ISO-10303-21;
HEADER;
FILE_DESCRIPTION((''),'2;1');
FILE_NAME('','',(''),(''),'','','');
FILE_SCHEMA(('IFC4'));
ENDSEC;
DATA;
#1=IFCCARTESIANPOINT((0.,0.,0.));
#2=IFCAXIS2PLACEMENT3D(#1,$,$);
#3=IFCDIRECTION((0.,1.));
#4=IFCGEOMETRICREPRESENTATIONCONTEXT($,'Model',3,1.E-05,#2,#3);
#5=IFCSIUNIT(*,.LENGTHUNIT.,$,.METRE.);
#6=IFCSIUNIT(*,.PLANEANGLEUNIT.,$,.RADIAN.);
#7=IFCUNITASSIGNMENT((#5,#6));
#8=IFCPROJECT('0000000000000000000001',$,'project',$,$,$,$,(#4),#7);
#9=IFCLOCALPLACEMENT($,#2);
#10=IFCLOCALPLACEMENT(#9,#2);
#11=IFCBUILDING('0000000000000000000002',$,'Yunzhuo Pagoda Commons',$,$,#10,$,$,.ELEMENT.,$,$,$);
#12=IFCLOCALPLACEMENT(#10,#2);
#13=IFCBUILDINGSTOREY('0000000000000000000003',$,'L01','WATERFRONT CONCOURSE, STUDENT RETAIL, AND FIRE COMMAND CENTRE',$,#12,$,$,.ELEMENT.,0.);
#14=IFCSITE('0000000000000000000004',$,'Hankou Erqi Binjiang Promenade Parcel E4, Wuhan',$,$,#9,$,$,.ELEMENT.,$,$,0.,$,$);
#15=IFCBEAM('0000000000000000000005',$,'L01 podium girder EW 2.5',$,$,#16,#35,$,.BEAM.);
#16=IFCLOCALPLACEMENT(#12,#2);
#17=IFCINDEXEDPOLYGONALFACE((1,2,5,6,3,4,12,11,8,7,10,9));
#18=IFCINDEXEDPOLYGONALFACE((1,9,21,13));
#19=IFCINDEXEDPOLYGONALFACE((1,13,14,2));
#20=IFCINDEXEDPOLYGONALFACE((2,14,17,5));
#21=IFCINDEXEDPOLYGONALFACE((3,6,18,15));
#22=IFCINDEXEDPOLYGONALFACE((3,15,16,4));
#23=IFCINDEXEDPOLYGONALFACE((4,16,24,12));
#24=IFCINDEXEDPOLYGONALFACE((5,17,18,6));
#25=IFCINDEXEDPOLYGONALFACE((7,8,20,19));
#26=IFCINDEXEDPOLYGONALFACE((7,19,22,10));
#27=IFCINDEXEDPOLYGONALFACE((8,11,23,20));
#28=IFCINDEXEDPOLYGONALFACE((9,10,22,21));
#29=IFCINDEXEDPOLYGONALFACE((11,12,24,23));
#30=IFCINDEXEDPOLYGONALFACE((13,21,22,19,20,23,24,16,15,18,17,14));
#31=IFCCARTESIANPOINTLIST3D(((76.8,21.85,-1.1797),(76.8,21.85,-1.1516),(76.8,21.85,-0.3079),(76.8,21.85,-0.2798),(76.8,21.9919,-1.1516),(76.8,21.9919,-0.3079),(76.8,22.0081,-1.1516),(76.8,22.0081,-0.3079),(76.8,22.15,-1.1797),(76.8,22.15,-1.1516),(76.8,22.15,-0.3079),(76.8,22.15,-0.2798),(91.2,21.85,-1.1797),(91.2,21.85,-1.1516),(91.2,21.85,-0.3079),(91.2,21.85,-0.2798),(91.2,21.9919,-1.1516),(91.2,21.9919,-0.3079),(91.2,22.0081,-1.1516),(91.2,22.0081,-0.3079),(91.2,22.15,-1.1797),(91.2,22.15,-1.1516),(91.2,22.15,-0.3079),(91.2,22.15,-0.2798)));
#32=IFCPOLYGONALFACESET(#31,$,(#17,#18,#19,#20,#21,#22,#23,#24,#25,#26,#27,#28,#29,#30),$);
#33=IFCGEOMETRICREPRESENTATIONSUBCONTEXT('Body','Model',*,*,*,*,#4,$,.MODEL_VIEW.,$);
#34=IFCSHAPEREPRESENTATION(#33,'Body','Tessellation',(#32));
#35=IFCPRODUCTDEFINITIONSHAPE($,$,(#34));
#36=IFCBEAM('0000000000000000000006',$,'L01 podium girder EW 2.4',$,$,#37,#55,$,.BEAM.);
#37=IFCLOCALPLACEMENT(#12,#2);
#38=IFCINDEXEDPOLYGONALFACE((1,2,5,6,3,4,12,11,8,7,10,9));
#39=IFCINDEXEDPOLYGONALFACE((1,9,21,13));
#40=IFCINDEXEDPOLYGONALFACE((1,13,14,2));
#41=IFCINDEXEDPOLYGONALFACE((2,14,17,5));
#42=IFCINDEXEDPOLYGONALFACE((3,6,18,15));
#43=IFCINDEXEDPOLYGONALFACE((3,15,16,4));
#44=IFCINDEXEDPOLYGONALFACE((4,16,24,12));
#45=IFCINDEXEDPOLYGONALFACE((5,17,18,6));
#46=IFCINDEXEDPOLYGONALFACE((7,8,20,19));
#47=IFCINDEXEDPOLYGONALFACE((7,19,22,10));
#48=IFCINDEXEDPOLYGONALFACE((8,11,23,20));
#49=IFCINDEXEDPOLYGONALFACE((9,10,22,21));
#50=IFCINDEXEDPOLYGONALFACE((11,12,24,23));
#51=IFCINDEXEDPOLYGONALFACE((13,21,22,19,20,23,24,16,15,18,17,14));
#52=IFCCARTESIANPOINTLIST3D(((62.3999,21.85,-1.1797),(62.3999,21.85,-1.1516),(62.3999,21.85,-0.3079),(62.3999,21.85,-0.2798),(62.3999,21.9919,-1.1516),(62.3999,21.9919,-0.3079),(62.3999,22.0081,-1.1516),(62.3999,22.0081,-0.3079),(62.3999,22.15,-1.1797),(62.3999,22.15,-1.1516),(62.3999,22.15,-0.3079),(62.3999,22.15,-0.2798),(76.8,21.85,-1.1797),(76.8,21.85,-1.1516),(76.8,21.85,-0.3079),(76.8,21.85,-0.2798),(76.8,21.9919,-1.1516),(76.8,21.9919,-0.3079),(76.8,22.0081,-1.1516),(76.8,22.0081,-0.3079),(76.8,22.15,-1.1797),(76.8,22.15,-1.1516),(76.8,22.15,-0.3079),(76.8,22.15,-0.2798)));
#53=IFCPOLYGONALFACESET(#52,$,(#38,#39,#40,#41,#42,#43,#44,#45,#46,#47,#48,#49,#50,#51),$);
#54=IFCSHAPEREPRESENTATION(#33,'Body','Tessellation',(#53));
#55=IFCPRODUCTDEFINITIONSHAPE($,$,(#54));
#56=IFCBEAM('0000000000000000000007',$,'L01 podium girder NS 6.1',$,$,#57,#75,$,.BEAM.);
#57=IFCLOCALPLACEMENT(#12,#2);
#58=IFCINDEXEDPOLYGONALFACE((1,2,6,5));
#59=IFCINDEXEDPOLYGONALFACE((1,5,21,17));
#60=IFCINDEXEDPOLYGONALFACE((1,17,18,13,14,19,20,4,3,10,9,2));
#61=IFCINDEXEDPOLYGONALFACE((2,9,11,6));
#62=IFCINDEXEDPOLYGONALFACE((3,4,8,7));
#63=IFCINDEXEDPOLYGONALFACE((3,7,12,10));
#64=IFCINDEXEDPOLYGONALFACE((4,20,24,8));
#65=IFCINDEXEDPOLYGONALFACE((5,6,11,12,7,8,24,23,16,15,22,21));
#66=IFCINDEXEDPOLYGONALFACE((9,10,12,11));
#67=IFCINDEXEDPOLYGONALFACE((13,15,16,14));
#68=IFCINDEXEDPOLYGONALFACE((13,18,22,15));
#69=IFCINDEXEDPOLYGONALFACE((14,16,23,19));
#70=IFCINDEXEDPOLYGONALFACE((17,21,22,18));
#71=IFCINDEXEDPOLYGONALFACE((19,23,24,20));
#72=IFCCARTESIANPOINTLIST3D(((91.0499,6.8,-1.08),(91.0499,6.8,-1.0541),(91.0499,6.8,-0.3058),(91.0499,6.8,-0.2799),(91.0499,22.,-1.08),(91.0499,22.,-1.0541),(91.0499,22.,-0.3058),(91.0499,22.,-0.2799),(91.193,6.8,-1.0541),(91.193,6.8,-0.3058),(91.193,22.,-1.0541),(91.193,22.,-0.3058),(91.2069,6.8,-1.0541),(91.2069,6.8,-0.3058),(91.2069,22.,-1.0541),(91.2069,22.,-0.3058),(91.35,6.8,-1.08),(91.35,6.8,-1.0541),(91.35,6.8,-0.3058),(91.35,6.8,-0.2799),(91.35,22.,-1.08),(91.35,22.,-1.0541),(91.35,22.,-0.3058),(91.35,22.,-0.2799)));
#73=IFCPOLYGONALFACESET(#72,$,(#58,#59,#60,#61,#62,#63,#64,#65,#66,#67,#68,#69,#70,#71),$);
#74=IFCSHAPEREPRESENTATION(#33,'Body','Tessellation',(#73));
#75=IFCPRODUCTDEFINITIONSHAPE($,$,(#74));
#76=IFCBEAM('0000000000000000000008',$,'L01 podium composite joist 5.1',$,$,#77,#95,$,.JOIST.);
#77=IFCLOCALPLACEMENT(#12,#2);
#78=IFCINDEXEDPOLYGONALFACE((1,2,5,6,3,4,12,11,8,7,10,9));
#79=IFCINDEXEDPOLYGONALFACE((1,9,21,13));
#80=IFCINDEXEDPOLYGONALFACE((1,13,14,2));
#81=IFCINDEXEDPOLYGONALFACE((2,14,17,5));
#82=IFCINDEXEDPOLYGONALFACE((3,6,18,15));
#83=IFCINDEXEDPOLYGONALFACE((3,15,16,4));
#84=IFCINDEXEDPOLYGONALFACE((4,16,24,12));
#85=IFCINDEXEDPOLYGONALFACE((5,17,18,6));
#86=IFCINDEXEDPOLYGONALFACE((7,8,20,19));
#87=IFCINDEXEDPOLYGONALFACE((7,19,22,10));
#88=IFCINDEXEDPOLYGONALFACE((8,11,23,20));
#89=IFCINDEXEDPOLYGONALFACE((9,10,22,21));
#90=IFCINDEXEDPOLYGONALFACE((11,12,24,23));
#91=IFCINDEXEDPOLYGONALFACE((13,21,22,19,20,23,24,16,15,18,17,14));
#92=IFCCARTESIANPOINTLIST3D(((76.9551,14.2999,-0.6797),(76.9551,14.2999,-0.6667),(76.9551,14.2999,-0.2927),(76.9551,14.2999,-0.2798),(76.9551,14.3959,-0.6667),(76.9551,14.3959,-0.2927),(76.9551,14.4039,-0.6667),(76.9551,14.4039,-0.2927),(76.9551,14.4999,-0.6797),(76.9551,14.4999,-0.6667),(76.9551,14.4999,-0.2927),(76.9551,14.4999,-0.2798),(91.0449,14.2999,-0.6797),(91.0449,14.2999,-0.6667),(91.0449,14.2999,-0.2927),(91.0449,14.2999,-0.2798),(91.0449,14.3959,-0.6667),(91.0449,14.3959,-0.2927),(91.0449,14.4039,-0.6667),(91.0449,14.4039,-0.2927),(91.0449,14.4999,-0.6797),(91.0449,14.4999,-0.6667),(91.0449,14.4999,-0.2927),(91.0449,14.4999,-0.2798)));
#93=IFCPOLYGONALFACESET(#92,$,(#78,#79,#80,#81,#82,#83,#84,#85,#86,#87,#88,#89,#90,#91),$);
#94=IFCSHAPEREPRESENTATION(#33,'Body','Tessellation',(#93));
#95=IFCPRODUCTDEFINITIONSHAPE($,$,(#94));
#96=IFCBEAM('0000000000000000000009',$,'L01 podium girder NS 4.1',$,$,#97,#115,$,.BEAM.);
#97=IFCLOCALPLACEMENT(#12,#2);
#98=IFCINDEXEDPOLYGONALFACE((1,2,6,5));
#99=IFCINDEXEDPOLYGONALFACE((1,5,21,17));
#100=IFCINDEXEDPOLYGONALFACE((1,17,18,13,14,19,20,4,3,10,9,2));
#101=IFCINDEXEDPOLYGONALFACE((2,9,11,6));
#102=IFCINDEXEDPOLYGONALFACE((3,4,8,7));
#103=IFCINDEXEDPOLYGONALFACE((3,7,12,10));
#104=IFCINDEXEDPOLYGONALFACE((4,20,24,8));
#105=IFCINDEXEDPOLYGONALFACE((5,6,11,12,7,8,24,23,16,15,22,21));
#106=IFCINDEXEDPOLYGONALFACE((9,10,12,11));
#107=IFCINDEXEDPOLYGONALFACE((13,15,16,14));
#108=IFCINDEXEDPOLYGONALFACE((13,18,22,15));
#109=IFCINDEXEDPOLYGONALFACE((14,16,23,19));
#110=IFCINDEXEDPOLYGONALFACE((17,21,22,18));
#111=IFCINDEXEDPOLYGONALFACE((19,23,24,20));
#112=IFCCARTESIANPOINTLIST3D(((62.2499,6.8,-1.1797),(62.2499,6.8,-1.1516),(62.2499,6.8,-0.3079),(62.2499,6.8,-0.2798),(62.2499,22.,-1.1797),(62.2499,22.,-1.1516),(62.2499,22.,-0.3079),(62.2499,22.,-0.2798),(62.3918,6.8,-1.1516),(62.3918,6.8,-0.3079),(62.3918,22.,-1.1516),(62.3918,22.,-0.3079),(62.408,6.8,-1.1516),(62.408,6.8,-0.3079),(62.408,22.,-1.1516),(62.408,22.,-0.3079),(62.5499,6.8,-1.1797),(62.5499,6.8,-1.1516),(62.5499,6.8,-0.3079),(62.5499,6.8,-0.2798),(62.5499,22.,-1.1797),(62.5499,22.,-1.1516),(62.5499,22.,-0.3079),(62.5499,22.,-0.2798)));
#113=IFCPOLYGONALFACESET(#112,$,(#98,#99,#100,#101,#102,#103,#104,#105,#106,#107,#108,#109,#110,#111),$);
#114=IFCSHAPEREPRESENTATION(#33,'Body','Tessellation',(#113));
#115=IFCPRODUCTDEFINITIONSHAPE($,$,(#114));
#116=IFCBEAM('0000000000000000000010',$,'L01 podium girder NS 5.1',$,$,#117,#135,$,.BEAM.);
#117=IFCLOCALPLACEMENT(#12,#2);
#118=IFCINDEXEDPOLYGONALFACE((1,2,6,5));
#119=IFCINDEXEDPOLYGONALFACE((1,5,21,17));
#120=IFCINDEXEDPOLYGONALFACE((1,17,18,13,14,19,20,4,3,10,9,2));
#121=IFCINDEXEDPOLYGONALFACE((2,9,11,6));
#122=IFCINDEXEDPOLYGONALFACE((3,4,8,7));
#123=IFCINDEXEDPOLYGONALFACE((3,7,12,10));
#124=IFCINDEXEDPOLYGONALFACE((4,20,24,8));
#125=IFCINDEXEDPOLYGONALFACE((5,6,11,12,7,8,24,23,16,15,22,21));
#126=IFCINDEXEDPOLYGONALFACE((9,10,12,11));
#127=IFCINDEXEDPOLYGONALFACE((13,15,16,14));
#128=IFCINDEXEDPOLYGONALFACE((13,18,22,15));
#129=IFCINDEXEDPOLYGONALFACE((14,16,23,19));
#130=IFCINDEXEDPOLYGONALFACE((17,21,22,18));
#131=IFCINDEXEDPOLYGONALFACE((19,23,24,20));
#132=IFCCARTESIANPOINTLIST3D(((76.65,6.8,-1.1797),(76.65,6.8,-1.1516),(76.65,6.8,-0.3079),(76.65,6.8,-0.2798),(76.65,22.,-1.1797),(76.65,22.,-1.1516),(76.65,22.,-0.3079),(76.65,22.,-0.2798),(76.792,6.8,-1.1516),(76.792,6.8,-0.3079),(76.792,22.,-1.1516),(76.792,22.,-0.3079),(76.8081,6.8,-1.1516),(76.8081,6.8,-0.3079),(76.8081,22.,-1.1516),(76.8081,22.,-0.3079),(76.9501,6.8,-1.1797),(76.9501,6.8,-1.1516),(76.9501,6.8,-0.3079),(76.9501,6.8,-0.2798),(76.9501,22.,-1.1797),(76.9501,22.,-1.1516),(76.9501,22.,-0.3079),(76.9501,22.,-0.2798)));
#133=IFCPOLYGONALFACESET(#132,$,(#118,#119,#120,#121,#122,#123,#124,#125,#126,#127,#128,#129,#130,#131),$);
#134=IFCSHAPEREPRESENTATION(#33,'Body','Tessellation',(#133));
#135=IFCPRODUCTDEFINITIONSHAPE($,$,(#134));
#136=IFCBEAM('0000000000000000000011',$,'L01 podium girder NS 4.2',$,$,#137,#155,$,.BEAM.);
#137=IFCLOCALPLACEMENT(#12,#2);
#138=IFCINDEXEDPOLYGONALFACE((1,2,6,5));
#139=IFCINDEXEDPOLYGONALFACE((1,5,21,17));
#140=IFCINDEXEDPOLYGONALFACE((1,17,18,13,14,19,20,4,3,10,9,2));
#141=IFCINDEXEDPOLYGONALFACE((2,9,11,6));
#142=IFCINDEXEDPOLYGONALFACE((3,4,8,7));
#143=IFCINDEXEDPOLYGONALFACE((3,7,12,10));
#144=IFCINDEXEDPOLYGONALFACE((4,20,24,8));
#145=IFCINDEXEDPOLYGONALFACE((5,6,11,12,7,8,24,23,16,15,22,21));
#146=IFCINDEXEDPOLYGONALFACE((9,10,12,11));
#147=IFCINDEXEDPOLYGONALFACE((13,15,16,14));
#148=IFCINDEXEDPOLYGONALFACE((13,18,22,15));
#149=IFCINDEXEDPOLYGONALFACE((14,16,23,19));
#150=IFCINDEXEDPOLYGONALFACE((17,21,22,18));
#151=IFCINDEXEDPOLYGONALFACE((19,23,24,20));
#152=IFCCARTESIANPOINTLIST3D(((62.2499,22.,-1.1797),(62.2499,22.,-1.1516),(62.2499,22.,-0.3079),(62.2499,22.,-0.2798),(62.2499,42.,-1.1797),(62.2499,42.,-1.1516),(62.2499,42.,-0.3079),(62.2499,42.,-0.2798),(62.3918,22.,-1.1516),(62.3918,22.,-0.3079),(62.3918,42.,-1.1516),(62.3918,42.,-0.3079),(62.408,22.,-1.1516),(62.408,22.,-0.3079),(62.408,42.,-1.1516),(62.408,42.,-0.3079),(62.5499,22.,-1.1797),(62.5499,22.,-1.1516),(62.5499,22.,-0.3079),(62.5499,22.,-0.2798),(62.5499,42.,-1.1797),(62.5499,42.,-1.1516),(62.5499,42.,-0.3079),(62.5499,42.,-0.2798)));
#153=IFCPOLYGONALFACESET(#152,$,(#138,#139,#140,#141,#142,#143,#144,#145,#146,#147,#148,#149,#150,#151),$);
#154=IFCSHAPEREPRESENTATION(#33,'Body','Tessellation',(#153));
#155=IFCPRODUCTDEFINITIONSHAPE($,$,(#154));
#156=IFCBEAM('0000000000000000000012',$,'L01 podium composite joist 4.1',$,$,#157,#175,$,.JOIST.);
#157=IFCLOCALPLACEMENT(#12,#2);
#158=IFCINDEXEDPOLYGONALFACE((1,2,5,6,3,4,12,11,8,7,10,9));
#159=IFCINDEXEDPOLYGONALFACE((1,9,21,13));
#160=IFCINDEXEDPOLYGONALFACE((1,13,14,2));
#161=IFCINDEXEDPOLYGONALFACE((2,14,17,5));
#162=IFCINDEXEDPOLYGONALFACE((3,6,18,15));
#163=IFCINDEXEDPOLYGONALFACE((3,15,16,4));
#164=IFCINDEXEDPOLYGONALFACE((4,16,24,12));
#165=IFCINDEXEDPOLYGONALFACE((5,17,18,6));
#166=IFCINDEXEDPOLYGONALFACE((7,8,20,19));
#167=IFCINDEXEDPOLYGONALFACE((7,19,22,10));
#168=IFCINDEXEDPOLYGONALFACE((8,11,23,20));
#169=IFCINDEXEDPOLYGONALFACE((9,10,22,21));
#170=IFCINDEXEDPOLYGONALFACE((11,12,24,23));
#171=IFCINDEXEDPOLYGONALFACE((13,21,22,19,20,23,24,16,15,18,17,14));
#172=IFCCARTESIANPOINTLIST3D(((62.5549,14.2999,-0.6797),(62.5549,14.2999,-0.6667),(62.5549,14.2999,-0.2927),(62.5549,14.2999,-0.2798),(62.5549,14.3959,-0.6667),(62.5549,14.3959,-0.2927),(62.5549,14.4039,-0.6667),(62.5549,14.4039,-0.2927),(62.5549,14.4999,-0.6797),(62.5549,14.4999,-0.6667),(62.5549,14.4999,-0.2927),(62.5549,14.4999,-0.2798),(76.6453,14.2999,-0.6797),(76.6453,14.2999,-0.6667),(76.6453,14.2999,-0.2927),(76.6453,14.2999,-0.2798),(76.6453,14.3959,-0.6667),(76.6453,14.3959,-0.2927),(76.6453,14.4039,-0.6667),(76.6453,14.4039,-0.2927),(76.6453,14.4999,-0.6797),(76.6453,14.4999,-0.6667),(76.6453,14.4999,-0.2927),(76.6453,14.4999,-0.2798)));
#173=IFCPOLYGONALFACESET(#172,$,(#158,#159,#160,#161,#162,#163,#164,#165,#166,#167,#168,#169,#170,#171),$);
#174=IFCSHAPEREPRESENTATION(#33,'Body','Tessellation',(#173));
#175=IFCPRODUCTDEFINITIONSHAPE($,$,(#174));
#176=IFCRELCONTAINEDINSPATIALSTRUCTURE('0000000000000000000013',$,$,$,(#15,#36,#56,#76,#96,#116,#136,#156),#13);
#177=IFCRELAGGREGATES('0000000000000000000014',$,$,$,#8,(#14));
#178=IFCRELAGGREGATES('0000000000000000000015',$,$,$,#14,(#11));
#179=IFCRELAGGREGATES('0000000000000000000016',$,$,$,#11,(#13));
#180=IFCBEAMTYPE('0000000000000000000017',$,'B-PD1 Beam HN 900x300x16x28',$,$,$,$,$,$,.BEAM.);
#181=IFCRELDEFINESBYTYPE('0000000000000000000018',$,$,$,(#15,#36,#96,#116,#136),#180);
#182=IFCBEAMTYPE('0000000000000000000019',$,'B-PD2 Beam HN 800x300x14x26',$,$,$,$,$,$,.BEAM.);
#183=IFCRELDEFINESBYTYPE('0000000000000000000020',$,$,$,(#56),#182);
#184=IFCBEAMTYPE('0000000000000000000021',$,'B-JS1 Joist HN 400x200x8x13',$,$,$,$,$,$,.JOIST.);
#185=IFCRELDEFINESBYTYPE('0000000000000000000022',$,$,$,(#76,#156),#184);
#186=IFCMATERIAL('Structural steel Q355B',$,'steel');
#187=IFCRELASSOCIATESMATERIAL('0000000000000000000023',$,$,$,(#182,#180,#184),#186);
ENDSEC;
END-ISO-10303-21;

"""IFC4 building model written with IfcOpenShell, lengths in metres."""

from ifc_helpers import new_model, si_unit, direction, frame, origin, origin_2d, place, context, subcontext, project, spatial, i_section, extrude, source, transform, mapped, material, material_profile, profile_set, type_object, element, save


model = new_model("IFC4")

# Units and contexts
model_context = context("Model", 3, precision=1e-05, world=origin(), true_north=direction((0.0, 1.0)))
body_context = subcontext(model_context, "Body", "Model", "MODEL_VIEW")
ifc_project = project(units=[si_unit("LENGTHUNIT", "METRE"), si_unit("PLANEANGLEUNIT", "RADIAN")], contexts=[model_context])

# Site, building, storey
site_placement = place(None, origin())
site = spatial("IfcSite", under=ifc_project, at=site_placement, Name="Hankou Erqi Binjiang Promenade Parcel E4, Wuhan", CompositionType="ELEMENT", RefElevation=0.0)
building_placement = place(site_placement, origin())
building = spatial("IfcBuilding", under=site, at=building_placement, Name="Yunzhuo Pagoda Commons", CompositionType="ELEMENT")
storey_placement = place(building_placement, origin())
storey = spatial("IfcBuildingStorey", under=building, at=storey_placement, Name="L01", Description="WATERFRONT CONCOURSE, STUDENT RETAIL, AND FIRE COMMAND CENTRE", CompositionType="ELEMENT", Elevation=0.0)

# Shared definitions
ifc_material_1 = material(Name="Structural steel Q355B", Category="steel")

# Beams
ifc_material_profile_1 = material_profile(ifc_material_1, i_section(OverallWidth=0.3, OverallDepth=0.8, WebThickness=0.0139, FlangeThickness=0.0259, at=origin_2d()), Name="Structural steel Q355B")
ifc_profile_set_1 = profile_set([ifc_material_profile_1], Name="Structural steel Q355B")
beam_type_1 = type_object("IfcBeamType", Name="B-PD2 Beam HN 800x300x14x26", PredefinedType="BEAM", material=ifc_profile_set_1)
ifc_material_profile_2 = material_profile(ifc_material_1, i_section(OverallWidth=0.3, OverallDepth=0.8999, WebThickness=0.0161, FlangeThickness=0.0281, at=origin_2d()), Name="Structural steel Q355B")
ifc_profile_set_2 = profile_set([ifc_material_profile_2], Name="Structural steel Q355B")
beam_type_2 = type_object("IfcBeamType", Name="B-PD1 Beam HN 900x300x16x28", PredefinedType="BEAM", material=ifc_profile_set_2)
shared_shape_1 = source(origin(), body_context, "Body", "SweptSolid", [
    extrude(i_section(OverallWidth=0.3, OverallDepth=0.8999, WebThickness=0.0161, FlangeThickness=0.0281, at=origin_2d()), origin(), (0.0, 0.0, 1.0), 14.3999),
])
beam_1_placement = place(storey_placement, frame((76.8, 22.0, -0.7297), z_axis=(1.0, 0.0, 0.0), x_axis=(0.0, 1.0, 0.0)))
element("IfcBeam", 1, at=beam_1_placement, inside=storey, type_object=beam_type_2, Name="L01 podium girder EW 2.5", PredefinedType="BEAM", context=body_context, shape_type="MappedRepresentation", body=[
    mapped(shared_shape_1, transform((0.0, 0.0, 0.0), scale=1.0)),
])
shared_shape_2 = source(origin(), body_context, "Body", "SweptSolid", [
    extrude(i_section(OverallWidth=0.3, OverallDepth=0.8999, WebThickness=0.0161, FlangeThickness=0.0281, at=origin_2d()), origin(), (0.0, 0.0, 1.0), 14.4001),
])
beam_2_placement = place(storey_placement, frame((62.3999, 22.0, -0.7297), z_axis=(1.0, 0.0, 0.0), x_axis=(0.0, 1.0, 0.0)))
element("IfcBeam", 2, at=beam_2_placement, inside=storey, type_object=beam_type_2, Name="L01 podium girder EW 2.4", PredefinedType="BEAM", context=body_context, shape_type="MappedRepresentation", body=[
    mapped(shared_shape_2, transform((0.0, 0.0, 0.0), scale=1.0)),
])
shared_shape_3 = source(origin(), body_context, "Body", "SweptSolid", [
    extrude(i_section(OverallWidth=0.3, OverallDepth=0.8, WebThickness=0.0139, FlangeThickness=0.0259, at=origin_2d()), origin(), (0.0, 0.0, 1.0), 15.2),
])
beam_3_placement = place(storey_placement, frame((91.2, 6.8, -0.6799), z_axis=(0.0, 1.0, 0.0), x_axis=(-1.0, 0.0, 0.0)))
element("IfcBeam", 3, at=beam_3_placement, inside=storey, type_object=beam_type_1, Name="L01 podium girder NS 6.1", PredefinedType="BEAM", context=body_context, shape_type="MappedRepresentation", body=[
    mapped(shared_shape_3, transform((0.0, 0.0, 0.0), scale=1.0)),
])
ifc_material_profile_3 = material_profile(ifc_material_1, i_section(OverallWidth=0.2, OverallDepth=0.3999, WebThickness=0.0081, FlangeThickness=0.0129, at=origin_2d()), Name="Structural steel Q355B")
ifc_profile_set_3 = profile_set([ifc_material_profile_3], Name="Structural steel Q355B")
beam_type_3 = type_object("IfcBeamType", Name="B-JS1 Joist HN 400x200x8x13", PredefinedType="JOIST", material=ifc_profile_set_3)
shared_shape_4 = source(origin(), body_context, "Body", "SweptSolid", [
    extrude(i_section(OverallWidth=0.2, OverallDepth=0.3999, WebThickness=0.0081, FlangeThickness=0.0129, at=origin_2d()), origin(), (0.0, 0.0, 1.0), 14.0898),
])
beam_4_placement = place(storey_placement, frame((76.9551, 14.3999, -0.4797), z_axis=(1.0, 0.0, 0.0), x_axis=(0.0, 1.0, 0.0)))
element("IfcBeam", 4, at=beam_4_placement, inside=storey, type_object=beam_type_3, Name="L01 podium composite joist 5.1", PredefinedType="JOIST", context=body_context, shape_type="MappedRepresentation", body=[
    mapped(shared_shape_4, transform((0.0, 0.0, 0.0), scale=1.0)),
])
shared_shape_5 = source(origin(), body_context, "Body", "SweptSolid", [
    extrude(i_section(OverallWidth=0.3, OverallDepth=0.8999, WebThickness=0.0161, FlangeThickness=0.0281, at=origin_2d()), origin(), (0.0, 0.0, 1.0), 15.2),
])
for number, where, z_axis, x_axis, name in (
    (5, (62.3999, 6.8, -0.7297), (0.0, 1.0, 0.0), (-1.0, 0.0, 0.0), "L01 podium girder NS 4.1"),
    (6, (76.8, 6.8, -0.7297), (0.0, 1.0, 0.0), (-1.0, 0.0, 0.0), "L01 podium girder NS 5.1"),
):
    element("IfcBeam", number, at=place(storey_placement, frame(where, z_axis=z_axis, x_axis=x_axis)), inside=storey, type_object=beam_type_2, Name=name, PredefinedType="BEAM", context=body_context, shape_type="MappedRepresentation", body=[
        mapped(shared_shape_5, transform((0.0, 0.0, 0.0), scale=1.0)),
    ])
shared_shape_6 = source(origin(), body_context, "Body", "SweptSolid", [
    extrude(i_section(OverallWidth=0.3, OverallDepth=0.8999, WebThickness=0.0161, FlangeThickness=0.0281, at=origin_2d()), origin(), (0.0, 0.0, 1.0), 20.0),
])
beam_5_placement = place(storey_placement, frame((62.3999, 22.0, -0.7297), z_axis=(0.0, 1.0, 0.0), x_axis=(-1.0, 0.0, 0.0)))
element("IfcBeam", 7, at=beam_5_placement, inside=storey, type_object=beam_type_2, Name="L01 podium girder NS 4.2", PredefinedType="BEAM", context=body_context, shape_type="MappedRepresentation", body=[
    mapped(shared_shape_6, transform((0.0, 0.0, 0.0), scale=1.0)),
])
shared_shape_7 = source(origin(), body_context, "Body", "SweptSolid", [
    extrude(i_section(OverallWidth=0.2, OverallDepth=0.3999, WebThickness=0.0081, FlangeThickness=0.0129, at=origin_2d()), origin(), (0.0, 0.0, 1.0), 14.0903),
])
beam_6_placement = place(storey_placement, frame((62.5549, 14.3999, -0.4797), z_axis=(1.0, 0.0, 0.0), x_axis=(0.0, 1.0, 0.0)))
element("IfcBeam", 8, at=beam_6_placement, inside=storey, type_object=beam_type_3, Name="L01 podium composite joist 4.1", PredefinedType="JOIST", context=body_context, shape_type="MappedRepresentation", body=[
    mapped(shared_shape_7, transform((0.0, 0.0, 0.0), scale=1.0)),
])

save(model, "model.ifc")
